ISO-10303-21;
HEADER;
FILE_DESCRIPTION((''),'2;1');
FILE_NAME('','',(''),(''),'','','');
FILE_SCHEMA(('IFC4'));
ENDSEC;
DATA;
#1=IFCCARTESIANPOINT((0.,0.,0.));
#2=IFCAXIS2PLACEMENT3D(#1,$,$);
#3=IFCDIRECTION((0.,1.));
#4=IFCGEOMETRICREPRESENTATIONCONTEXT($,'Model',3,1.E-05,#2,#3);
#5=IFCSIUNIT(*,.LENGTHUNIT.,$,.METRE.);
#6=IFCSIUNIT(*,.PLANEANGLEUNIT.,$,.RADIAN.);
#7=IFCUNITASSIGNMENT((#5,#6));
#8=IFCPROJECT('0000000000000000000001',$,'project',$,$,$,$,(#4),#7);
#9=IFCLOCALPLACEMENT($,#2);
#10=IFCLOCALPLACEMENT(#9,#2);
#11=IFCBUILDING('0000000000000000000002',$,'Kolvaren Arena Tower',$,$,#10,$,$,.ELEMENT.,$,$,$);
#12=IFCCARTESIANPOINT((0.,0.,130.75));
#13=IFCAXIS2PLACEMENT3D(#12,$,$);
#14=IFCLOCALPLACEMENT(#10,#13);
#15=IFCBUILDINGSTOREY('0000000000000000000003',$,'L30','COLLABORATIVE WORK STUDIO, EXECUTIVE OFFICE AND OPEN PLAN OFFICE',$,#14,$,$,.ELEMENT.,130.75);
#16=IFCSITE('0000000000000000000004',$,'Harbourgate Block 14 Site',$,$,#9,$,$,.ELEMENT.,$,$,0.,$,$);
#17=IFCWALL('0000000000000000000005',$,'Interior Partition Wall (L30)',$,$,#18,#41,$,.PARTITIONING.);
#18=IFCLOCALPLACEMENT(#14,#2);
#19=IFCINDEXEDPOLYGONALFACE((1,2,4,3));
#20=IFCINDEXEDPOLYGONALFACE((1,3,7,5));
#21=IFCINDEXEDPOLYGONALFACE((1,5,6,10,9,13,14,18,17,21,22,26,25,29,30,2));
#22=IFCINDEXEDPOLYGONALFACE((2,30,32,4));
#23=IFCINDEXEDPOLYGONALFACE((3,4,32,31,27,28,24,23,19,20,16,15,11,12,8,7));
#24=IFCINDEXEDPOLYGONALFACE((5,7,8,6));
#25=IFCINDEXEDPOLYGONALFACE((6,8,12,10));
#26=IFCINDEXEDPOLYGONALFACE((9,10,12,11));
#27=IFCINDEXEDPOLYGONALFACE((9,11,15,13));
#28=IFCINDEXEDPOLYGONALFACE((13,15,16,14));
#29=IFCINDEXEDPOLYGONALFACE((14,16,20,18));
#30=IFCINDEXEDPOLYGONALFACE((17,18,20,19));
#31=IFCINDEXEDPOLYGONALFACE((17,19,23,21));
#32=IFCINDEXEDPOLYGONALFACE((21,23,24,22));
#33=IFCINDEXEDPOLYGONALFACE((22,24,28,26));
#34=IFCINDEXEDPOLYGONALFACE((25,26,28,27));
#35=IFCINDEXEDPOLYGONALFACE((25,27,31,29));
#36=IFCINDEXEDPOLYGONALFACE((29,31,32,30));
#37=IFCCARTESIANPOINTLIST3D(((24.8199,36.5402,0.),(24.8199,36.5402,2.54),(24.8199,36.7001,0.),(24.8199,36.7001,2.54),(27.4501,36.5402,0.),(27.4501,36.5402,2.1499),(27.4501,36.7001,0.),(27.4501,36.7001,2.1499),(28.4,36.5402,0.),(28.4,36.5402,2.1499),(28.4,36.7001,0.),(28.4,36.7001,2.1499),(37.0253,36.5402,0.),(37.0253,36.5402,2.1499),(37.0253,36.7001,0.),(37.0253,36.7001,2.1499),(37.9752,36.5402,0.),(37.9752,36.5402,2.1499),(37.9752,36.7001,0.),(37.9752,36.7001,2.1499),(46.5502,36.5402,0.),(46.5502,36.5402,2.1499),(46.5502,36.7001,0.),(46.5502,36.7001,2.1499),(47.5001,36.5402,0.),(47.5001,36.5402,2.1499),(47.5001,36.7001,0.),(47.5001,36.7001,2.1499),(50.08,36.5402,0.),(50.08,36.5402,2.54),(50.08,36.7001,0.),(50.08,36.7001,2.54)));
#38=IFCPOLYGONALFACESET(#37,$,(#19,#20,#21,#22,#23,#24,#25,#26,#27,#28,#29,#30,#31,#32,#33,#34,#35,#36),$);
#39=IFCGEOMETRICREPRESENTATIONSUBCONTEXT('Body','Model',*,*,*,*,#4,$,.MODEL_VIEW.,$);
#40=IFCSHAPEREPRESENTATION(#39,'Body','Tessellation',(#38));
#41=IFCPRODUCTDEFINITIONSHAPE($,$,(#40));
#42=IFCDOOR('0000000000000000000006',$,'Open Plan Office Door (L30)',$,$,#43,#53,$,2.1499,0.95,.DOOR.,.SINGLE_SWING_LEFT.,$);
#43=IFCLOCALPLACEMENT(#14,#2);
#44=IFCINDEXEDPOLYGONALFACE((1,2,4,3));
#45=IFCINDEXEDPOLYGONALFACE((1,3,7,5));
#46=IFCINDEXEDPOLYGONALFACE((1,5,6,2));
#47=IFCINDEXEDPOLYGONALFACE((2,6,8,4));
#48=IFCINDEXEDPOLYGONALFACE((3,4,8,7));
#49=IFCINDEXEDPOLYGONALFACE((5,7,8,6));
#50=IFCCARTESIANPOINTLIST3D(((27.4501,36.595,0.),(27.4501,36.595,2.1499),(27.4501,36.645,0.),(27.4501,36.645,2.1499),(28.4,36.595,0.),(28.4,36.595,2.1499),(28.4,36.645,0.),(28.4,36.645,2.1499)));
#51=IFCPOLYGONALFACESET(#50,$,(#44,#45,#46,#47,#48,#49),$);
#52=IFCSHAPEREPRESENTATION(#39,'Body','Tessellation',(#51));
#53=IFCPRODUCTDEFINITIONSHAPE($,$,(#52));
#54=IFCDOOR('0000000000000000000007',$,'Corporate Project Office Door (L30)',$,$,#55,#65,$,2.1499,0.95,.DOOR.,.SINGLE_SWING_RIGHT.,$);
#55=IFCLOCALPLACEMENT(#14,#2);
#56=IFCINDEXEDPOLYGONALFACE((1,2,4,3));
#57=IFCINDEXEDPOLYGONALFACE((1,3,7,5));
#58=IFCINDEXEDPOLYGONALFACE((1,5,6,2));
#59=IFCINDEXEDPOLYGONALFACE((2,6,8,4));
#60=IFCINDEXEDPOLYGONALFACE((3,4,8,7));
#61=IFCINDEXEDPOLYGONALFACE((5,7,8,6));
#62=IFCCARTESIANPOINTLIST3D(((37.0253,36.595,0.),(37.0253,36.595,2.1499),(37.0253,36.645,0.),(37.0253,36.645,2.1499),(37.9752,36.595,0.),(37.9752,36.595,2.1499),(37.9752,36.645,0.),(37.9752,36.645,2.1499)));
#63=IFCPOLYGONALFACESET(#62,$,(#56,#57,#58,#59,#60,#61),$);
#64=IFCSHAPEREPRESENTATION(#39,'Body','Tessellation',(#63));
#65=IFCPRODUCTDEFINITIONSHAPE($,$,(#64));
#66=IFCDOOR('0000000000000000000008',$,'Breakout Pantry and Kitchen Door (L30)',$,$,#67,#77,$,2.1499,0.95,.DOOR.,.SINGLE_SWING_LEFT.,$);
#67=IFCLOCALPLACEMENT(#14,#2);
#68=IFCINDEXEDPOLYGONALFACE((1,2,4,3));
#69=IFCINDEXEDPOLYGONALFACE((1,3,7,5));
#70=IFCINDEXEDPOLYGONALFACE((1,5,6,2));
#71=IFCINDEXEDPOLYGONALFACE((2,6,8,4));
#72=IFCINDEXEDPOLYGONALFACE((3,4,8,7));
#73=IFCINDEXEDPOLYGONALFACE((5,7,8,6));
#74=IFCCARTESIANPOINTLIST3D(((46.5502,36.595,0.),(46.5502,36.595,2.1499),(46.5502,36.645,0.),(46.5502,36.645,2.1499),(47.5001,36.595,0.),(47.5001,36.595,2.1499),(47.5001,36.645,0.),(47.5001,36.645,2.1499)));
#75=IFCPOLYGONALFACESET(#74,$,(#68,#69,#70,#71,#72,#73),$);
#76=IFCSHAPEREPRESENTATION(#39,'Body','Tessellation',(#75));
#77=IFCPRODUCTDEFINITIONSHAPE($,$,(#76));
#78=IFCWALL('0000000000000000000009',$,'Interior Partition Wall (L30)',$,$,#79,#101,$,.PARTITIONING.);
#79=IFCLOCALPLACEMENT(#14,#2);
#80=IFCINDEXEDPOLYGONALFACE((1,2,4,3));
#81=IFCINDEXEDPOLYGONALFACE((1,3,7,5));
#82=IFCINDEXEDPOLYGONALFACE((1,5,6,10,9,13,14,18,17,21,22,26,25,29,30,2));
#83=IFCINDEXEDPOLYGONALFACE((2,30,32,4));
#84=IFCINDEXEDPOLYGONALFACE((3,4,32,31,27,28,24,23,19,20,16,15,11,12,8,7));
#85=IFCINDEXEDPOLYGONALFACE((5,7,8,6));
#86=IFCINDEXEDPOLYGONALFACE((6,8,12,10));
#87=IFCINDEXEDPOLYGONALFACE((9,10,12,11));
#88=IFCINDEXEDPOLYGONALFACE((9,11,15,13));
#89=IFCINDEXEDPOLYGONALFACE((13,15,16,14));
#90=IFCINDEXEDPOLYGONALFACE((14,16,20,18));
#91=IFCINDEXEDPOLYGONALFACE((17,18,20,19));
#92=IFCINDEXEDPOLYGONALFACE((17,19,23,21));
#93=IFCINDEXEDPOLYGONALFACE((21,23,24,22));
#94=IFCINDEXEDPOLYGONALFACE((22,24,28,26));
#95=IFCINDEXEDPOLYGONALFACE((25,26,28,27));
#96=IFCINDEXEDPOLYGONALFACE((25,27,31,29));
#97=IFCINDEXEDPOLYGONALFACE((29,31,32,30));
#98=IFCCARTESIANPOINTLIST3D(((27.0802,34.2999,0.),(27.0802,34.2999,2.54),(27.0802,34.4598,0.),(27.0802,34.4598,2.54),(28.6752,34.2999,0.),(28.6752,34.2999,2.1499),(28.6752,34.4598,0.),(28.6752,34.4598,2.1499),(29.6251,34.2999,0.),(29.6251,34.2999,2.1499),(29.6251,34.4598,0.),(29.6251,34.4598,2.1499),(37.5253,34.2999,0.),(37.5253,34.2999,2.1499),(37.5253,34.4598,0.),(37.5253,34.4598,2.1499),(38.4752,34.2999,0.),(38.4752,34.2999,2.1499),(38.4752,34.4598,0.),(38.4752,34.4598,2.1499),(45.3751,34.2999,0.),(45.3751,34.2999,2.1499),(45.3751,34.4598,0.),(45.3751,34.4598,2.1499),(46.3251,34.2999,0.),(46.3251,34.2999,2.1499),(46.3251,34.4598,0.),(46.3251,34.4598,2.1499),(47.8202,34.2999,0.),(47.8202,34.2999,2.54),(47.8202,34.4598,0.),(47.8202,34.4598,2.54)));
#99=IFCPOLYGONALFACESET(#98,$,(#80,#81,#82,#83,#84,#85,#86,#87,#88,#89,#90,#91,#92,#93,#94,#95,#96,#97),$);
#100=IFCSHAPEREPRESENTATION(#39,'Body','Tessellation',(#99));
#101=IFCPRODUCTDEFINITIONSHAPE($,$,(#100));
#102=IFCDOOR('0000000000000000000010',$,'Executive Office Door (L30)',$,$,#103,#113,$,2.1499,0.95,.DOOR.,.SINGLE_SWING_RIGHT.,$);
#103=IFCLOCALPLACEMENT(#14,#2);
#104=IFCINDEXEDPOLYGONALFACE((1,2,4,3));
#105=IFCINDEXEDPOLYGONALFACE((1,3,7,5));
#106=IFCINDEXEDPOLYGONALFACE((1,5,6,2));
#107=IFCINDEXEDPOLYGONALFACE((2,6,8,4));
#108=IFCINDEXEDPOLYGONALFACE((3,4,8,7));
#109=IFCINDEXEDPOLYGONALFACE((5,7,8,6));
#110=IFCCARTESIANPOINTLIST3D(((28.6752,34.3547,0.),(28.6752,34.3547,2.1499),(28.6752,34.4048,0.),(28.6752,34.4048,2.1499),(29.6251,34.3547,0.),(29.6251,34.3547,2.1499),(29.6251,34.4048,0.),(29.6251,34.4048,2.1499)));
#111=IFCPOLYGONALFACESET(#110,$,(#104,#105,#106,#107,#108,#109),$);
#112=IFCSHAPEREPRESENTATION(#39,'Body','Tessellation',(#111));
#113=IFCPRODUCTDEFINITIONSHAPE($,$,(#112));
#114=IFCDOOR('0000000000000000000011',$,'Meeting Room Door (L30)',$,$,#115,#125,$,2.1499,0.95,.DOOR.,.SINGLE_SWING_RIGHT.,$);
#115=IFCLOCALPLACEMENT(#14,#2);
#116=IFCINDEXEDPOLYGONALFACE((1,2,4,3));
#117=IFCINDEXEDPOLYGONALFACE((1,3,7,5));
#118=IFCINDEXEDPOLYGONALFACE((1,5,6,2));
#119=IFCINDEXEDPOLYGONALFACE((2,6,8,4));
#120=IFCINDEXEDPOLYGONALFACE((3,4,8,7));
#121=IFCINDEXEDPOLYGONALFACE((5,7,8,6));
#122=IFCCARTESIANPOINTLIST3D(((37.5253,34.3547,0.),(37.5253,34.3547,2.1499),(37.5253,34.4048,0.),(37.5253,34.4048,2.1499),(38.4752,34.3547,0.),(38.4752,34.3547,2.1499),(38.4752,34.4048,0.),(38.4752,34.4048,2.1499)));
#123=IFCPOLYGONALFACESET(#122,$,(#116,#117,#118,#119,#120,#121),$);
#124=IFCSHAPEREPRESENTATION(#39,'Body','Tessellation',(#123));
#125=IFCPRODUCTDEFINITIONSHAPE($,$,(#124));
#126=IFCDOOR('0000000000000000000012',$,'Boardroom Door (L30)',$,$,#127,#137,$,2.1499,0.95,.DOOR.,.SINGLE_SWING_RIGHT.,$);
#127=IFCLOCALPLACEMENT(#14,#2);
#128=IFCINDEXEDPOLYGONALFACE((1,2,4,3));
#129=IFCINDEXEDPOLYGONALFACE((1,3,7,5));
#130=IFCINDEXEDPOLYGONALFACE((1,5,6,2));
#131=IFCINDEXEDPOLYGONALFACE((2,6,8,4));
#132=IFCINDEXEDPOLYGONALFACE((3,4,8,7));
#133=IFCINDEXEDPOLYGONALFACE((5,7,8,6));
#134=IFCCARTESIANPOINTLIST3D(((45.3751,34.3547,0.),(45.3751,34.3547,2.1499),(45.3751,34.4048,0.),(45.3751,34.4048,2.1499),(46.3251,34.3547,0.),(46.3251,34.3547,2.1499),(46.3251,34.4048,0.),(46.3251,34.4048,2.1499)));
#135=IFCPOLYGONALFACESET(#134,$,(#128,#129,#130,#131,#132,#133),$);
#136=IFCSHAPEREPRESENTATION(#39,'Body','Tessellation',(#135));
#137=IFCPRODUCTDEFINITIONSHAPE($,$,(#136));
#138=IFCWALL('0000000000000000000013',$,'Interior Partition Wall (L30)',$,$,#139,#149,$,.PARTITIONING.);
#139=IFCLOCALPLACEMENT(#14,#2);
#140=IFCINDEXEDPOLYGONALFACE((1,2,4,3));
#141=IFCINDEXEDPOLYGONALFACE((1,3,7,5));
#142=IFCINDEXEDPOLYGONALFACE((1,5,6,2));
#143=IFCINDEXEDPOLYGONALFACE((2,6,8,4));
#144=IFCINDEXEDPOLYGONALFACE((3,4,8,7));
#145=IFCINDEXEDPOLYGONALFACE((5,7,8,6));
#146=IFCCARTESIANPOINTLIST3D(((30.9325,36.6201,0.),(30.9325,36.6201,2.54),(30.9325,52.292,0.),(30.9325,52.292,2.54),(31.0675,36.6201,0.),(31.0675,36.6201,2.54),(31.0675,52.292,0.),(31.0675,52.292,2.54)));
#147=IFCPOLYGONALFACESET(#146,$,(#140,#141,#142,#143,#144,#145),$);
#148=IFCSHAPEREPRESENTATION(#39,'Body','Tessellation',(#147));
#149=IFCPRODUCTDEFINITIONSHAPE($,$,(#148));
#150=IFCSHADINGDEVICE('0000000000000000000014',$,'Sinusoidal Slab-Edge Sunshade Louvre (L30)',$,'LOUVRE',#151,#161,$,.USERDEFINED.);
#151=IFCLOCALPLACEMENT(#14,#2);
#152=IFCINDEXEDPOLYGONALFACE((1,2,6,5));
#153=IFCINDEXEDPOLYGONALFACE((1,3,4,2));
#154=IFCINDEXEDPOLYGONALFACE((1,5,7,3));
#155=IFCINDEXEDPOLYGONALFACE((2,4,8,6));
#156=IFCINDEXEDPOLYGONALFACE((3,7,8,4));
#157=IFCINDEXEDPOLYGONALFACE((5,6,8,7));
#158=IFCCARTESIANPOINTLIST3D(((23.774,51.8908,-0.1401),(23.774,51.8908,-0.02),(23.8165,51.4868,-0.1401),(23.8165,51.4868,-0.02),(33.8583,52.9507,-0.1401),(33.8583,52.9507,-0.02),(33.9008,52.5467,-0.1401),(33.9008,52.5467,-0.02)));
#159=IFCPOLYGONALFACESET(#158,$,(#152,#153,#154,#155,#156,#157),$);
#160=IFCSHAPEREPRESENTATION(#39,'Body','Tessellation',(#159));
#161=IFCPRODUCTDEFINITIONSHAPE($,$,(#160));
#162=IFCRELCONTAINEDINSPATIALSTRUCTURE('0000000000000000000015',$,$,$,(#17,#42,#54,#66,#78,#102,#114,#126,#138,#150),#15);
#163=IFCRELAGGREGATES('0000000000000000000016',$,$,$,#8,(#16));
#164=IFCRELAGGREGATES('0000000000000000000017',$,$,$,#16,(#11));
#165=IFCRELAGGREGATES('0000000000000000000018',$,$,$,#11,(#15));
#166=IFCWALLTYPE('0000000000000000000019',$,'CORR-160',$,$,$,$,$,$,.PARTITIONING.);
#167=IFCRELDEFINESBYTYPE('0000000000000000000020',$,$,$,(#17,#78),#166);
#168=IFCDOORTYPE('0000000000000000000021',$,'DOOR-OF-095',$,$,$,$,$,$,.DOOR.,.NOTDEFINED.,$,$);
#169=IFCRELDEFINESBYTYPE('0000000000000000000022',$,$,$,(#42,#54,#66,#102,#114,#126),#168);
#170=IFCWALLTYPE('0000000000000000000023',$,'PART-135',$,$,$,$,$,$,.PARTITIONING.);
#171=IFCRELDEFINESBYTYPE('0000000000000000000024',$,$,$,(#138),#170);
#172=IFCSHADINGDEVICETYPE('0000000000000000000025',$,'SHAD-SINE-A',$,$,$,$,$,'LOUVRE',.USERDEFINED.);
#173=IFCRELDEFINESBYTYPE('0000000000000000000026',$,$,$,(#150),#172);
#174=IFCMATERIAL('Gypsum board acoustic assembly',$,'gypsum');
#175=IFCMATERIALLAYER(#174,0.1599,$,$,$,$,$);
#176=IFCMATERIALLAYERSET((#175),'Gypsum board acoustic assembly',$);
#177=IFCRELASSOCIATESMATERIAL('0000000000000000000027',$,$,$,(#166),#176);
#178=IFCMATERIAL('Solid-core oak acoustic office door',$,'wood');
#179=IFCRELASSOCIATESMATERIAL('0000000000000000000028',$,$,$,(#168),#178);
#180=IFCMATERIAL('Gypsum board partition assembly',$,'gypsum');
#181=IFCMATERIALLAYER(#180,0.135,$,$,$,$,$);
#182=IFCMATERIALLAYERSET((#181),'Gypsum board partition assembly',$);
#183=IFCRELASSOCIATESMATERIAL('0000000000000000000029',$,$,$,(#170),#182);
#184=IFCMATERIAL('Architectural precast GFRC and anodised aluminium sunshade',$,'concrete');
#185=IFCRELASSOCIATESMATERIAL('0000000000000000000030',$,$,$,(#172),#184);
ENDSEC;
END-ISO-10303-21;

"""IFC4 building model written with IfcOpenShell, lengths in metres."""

from ifc_helpers import new_model, si_unit, direction, frame, frame_2d, origin, origin_2d, place, context, subcontext, project, spatial, rectangle, extrude, material, layer, layer_set, type_object, element, fill, save


model = new_model("IFC4")

# Units and contexts
model_context = context("Model", 3, precision=1e-05, world=origin(), true_north=direction((0.0, 1.0)))
body_context = subcontext(model_context, "Body", "Model", "MODEL_VIEW")
ifc_project = project(units=[si_unit("LENGTHUNIT", "METRE"), si_unit("PLANEANGLEUNIT", "RADIAN")], contexts=[model_context])

# Site, building, storey
site_placement = place(None, origin())
site = spatial("IfcSite", under=ifc_project, at=site_placement, Name="Harbourgate Block 14 Site", CompositionType="ELEMENT", RefElevation=0.0)
building_placement = place(site_placement, origin())
building = spatial("IfcBuilding", under=site, at=building_placement, Name="Kolvaren Arena Tower", CompositionType="ELEMENT")
storey_placement = place(building_placement, frame((0.0, 0.0, 130.75)))
storey = spatial("IfcBuildingStorey", under=building, at=storey_placement, Name="L30", Description="COLLABORATIVE WORK STUDIO, EXECUTIVE OFFICE AND OPEN PLAN OFFICE", CompositionType="ELEMENT", Elevation=130.75)

# Shared definitions
ifc_material_1 = material(Name="Gypsum board acoustic assembly", Category="gypsum")
ifc_layer_1 = layer(ifc_material_1, 0.1599)
ifc_layer_set_1 = layer_set([ifc_layer_1], Name="Gypsum board acoustic assembly")
wall_type_1 = type_object("IfcWallType", Name="CORR-160", PredefinedType="PARTITIONING", material=ifc_layer_set_1)

# Walls, openings, doors
wall_1_placement = place(storey_placement, frame((24.8201, 36.6201, 0.0), z_axis=(0.0, 0.0, 1.0), x_axis=(1.0, 0.0, 0.0)))
wall_1 = element("IfcWall", 1, at=wall_1_placement, inside=storey, type_object=wall_type_1, Name="Interior Partition Wall (L30)", PredefinedType="PARTITIONING", context=body_context, shape_type="SweptSolid", body=[
    extrude(rectangle(XDim=25.26, YDim=0.1599, at=frame_2d((12.6299, 0.0))), origin(), (0.0, 0.0, 1.0), 2.54),
])
opening_1_placement = place(wall_1_placement, frame((2.6299, 0.0, 0.0)))
opening_1 = element("IfcOpeningElement", 2, at=opening_1_placement, cuts=wall_1, PredefinedType="OPENING", context=body_context, shape_type="SweptSolid", body=[
    extrude(rectangle(XDim=0.95, YDim=2.1499, at=frame_2d((0.4751, 1.075))), frame((0.0, 0.0898, 0.0), z_axis=(0.0, -1.0, 0.0), x_axis=(1.0, 0.0, 0.0)), (0.0, 0.0, 1.0), 0.1799),
])
opening_2_placement = place(wall_1_placement, frame((12.2051, 0.0, 0.0)))
opening_2 = element("IfcOpeningElement", 3, at=opening_2_placement, cuts=wall_1, PredefinedType="OPENING", context=body_context, shape_type="SweptSolid", body=[
    extrude(rectangle(XDim=0.95, YDim=2.1499, at=frame_2d((0.4751, 1.075))), frame((0.0, 0.0898, 0.0), z_axis=(0.0, -1.0, 0.0), x_axis=(1.0, 0.0, 0.0)), (0.0, 0.0, 1.0), 0.1799),
])
opening_3_placement = place(wall_1_placement, frame((21.73, 0.0, 0.0)))
opening_3 = element("IfcOpeningElement", 4, at=opening_3_placement, cuts=wall_1, PredefinedType="OPENING", context=body_context, shape_type="SweptSolid", body=[
    extrude(rectangle(XDim=0.95, YDim=2.1499, at=frame_2d((0.4751, 1.075))), frame((0.0, 0.0898, 0.0), z_axis=(0.0, -1.0, 0.0), x_axis=(1.0, 0.0, 0.0)), (0.0, 0.0, 1.0), 0.1799),
])
ifc_material_2 = material(Name="Solid-core oak acoustic office door", Category="wood")
door_type = type_object("IfcDoorType", Name="DOOR-OF-095", OperationType="NOTDEFINED", PredefinedType="DOOR", material=ifc_material_2)
door_1_placement = place(opening_1_placement, origin())
door_1 = element("IfcDoor", 5, at=door_1_placement, inside=storey, type_object=door_type, Name="Open Plan Office Door (L30)", OperationType="SINGLE_SWING_LEFT", OverallHeight=2.1499, OverallWidth=0.95, PredefinedType="DOOR", context=body_context, shape_type="SweptSolid", body=[
    extrude(rectangle(XDim=0.95, YDim=2.1499, at=frame_2d((0.4751, 1.075))), frame((0.0, 0.0249, 0.0), z_axis=(0.0, -1.0, 0.0), x_axis=(1.0, 0.0, 0.0)), (0.0, 0.0, 1.0), 0.05),
])
fill(opening_1, door_1)
door_2_placement = place(opening_2_placement, origin())
door_2 = element("IfcDoor", 6, at=door_2_placement, inside=storey, type_object=door_type, Name="Corporate Project Office Door (L30)", OperationType="SINGLE_SWING_RIGHT", OverallHeight=2.1499, OverallWidth=0.95, PredefinedType="DOOR", context=body_context, shape_type="SweptSolid", body=[
    extrude(rectangle(XDim=0.95, YDim=2.1499, at=frame_2d((0.4751, 1.075))), frame((0.0, 0.0249, 0.0), z_axis=(0.0, -1.0, 0.0), x_axis=(1.0, 0.0, 0.0)), (0.0, 0.0, 1.0), 0.05),
])
fill(opening_2, door_2)
door_3_placement = place(opening_3_placement, origin())
door_3 = element("IfcDoor", 7, at=door_3_placement, inside=storey, type_object=door_type, Name="Breakout Pantry and Kitchen Door (L30)", OperationType="SINGLE_SWING_LEFT", OverallHeight=2.1499, OverallWidth=0.95, PredefinedType="DOOR", context=body_context, shape_type="SweptSolid", body=[
    extrude(rectangle(XDim=0.95, YDim=2.1499, at=frame_2d((0.4751, 1.075))), frame((0.0, 0.0249, 0.0), z_axis=(0.0, -1.0, 0.0), x_axis=(1.0, 0.0, 0.0)), (0.0, 0.0, 1.0), 0.05),
])
fill(opening_3, door_3)
wall_2_placement = place(storey_placement, frame((27.0801, 34.3799, 0.0), z_axis=(0.0, 0.0, 1.0), x_axis=(1.0, 0.0, 0.0)))
wall_2 = element("IfcWall", 8, at=wall_2_placement, inside=storey, type_object=wall_type_1, Name="Interior Partition Wall (L30)", PredefinedType="PARTITIONING", context=body_context, shape_type="SweptSolid", body=[
    extrude(rectangle(XDim=20.74, YDim=0.1599, at=frame_2d((10.3701, 0.0))), origin(), (0.0, 0.0, 1.0), 2.54),
])
opening_4_placement = place(wall_2_placement, frame((1.595, 0.0, 0.0)))
opening_4 = element("IfcOpeningElement", 9, at=opening_4_placement, cuts=wall_2, PredefinedType="OPENING", context=body_context, shape_type="SweptSolid", body=[
    extrude(rectangle(XDim=0.95, YDim=2.1499, at=frame_2d((0.4751, 1.075))), frame((0.0, 0.0898, 0.0), z_axis=(0.0, -1.0, 0.0), x_axis=(1.0, 0.0, 0.0)), (0.0, 0.0, 1.0), 0.1799),
])
opening_5_placement = place(wall_2_placement, frame((10.4451, 0.0, 0.0)))
opening_5 = element("IfcOpeningElement", 10, at=opening_5_placement, cuts=wall_2, PredefinedType="OPENING", context=body_context, shape_type="SweptSolid", body=[
    extrude(rectangle(XDim=0.95, YDim=2.1499, at=frame_2d((0.4751, 1.075))), frame((0.0, 0.0898, 0.0), z_axis=(0.0, -1.0, 0.0), x_axis=(1.0, 0.0, 0.0)), (0.0, 0.0, 1.0), 0.1799),
])
opening_6_placement = place(wall_2_placement, frame((18.2949, 0.0, 0.0)))
opening_6 = element("IfcOpeningElement", 11, at=opening_6_placement, cuts=wall_2, PredefinedType="OPENING", context=body_context, shape_type="SweptSolid", body=[
    extrude(rectangle(XDim=0.95, YDim=2.1499, at=frame_2d((0.4751, 1.075))), frame((0.0, 0.0898, 0.0), z_axis=(0.0, -1.0, 0.0), x_axis=(1.0, 0.0, 0.0)), (0.0, 0.0, 1.0), 0.1799),
])
door_4_placement = place(opening_4_placement, origin())
door_4 = element("IfcDoor", 12, at=door_4_placement, inside=storey, type_object=door_type, Name="Executive Office Door (L30)", OperationType="SINGLE_SWING_RIGHT", OverallHeight=2.1499, OverallWidth=0.95, PredefinedType="DOOR", context=body_context, shape_type="SweptSolid", body=[
    extrude(rectangle(XDim=0.95, YDim=2.1499, at=frame_2d((0.4751, 1.075))), frame((0.0, 0.0249, 0.0), z_axis=(0.0, -1.0, 0.0), x_axis=(1.0, 0.0, 0.0)), (0.0, 0.0, 1.0), 0.05),
])
fill(opening_4, door_4)
door_5_placement = place(opening_5_placement, origin())
door_5 = element("IfcDoor", 13, at=door_5_placement, inside=storey, type_object=door_type, Name="Meeting Room Door (L30)", OperationType="SINGLE_SWING_RIGHT", OverallHeight=2.1499, OverallWidth=0.95, PredefinedType="DOOR", context=body_context, shape_type="SweptSolid", body=[
    extrude(rectangle(XDim=0.95, YDim=2.1499, at=frame_2d((0.4751, 1.075))), frame((0.0, 0.0249, 0.0), z_axis=(0.0, -1.0, 0.0), x_axis=(1.0, 0.0, 0.0)), (0.0, 0.0, 1.0), 0.05),
])
fill(opening_5, door_5)
door_6_placement = place(opening_6_placement, origin())
door_6 = element("IfcDoor", 14, at=door_6_placement, inside=storey, type_object=door_type, Name="Boardroom Door (L30)", OperationType="SINGLE_SWING_RIGHT", OverallHeight=2.1499, OverallWidth=0.95, PredefinedType="DOOR", context=body_context, shape_type="SweptSolid", body=[
    extrude(rectangle(XDim=0.95, YDim=2.1499, at=frame_2d((0.4751, 1.075))), frame((0.0, 0.0249, 0.0), z_axis=(0.0, -1.0, 0.0), x_axis=(1.0, 0.0, 0.0)), (0.0, 0.0, 1.0), 0.05),
])
fill(opening_6, door_6)

# Wall
ifc_material_3 = material(Name="Gypsum board partition assembly", Category="gypsum")
ifc_layer_2 = layer(ifc_material_3, 0.135)
ifc_layer_set_2 = layer_set([ifc_layer_2], Name="Gypsum board partition assembly")
wall_type_2 = type_object("IfcWallType", Name="PART-135", PredefinedType="PARTITIONING", material=ifc_layer_set_2)
wall_3_placement = place(storey_placement, frame((31.0, 36.6201, 0.0), z_axis=(0.0, 0.0, 1.0), x_axis=(0.0, 1.0, 0.0)))
element("IfcWall", 15, at=wall_3_placement, inside=storey, type_object=wall_type_2, Name="Interior Partition Wall (L30)", PredefinedType="PARTITIONING", context=body_context, shape_type="SweptSolid", body=[
    extrude(rectangle(XDim=15.6719, YDim=0.135, at=frame_2d((7.8359, 0.0))), origin(), (0.0, 0.0, 1.0), 2.54),
])

# Shading device
ifc_material_4 = material(Name="Architectural precast GFRC and anodised aluminium sunshade", Category="concrete")
shading_device_type_1 = type_object("IfcShadingDeviceType", Name="SHAD-SINE-A", ElementType="LOUVRE", PredefinedType="USERDEFINED", material=ifc_material_4)
shading_device_1_placement = place(storey_placement, frame((28.8374, 52.2188, -0.1401), z_axis=(0.0, 0.0, 1.0), x_axis=(0.994522, 0.104527, 0.0)))
element("IfcShadingDevice", 16, at=shading_device_1_placement, inside=storey, type_object=shading_device_type_1, Name="Sinusoidal Slab-Edge Sunshade Louvre (L30)", ObjectType="LOUVRE", PredefinedType="USERDEFINED", context=body_context, shape_type="SweptSolid", body=[
    extrude(rectangle(XDim=10.1399, YDim=0.4062, at=origin_2d()), origin(), (0.0, 0.0, 1.0), 0.1201),
])

save(model, "model.ifc")
